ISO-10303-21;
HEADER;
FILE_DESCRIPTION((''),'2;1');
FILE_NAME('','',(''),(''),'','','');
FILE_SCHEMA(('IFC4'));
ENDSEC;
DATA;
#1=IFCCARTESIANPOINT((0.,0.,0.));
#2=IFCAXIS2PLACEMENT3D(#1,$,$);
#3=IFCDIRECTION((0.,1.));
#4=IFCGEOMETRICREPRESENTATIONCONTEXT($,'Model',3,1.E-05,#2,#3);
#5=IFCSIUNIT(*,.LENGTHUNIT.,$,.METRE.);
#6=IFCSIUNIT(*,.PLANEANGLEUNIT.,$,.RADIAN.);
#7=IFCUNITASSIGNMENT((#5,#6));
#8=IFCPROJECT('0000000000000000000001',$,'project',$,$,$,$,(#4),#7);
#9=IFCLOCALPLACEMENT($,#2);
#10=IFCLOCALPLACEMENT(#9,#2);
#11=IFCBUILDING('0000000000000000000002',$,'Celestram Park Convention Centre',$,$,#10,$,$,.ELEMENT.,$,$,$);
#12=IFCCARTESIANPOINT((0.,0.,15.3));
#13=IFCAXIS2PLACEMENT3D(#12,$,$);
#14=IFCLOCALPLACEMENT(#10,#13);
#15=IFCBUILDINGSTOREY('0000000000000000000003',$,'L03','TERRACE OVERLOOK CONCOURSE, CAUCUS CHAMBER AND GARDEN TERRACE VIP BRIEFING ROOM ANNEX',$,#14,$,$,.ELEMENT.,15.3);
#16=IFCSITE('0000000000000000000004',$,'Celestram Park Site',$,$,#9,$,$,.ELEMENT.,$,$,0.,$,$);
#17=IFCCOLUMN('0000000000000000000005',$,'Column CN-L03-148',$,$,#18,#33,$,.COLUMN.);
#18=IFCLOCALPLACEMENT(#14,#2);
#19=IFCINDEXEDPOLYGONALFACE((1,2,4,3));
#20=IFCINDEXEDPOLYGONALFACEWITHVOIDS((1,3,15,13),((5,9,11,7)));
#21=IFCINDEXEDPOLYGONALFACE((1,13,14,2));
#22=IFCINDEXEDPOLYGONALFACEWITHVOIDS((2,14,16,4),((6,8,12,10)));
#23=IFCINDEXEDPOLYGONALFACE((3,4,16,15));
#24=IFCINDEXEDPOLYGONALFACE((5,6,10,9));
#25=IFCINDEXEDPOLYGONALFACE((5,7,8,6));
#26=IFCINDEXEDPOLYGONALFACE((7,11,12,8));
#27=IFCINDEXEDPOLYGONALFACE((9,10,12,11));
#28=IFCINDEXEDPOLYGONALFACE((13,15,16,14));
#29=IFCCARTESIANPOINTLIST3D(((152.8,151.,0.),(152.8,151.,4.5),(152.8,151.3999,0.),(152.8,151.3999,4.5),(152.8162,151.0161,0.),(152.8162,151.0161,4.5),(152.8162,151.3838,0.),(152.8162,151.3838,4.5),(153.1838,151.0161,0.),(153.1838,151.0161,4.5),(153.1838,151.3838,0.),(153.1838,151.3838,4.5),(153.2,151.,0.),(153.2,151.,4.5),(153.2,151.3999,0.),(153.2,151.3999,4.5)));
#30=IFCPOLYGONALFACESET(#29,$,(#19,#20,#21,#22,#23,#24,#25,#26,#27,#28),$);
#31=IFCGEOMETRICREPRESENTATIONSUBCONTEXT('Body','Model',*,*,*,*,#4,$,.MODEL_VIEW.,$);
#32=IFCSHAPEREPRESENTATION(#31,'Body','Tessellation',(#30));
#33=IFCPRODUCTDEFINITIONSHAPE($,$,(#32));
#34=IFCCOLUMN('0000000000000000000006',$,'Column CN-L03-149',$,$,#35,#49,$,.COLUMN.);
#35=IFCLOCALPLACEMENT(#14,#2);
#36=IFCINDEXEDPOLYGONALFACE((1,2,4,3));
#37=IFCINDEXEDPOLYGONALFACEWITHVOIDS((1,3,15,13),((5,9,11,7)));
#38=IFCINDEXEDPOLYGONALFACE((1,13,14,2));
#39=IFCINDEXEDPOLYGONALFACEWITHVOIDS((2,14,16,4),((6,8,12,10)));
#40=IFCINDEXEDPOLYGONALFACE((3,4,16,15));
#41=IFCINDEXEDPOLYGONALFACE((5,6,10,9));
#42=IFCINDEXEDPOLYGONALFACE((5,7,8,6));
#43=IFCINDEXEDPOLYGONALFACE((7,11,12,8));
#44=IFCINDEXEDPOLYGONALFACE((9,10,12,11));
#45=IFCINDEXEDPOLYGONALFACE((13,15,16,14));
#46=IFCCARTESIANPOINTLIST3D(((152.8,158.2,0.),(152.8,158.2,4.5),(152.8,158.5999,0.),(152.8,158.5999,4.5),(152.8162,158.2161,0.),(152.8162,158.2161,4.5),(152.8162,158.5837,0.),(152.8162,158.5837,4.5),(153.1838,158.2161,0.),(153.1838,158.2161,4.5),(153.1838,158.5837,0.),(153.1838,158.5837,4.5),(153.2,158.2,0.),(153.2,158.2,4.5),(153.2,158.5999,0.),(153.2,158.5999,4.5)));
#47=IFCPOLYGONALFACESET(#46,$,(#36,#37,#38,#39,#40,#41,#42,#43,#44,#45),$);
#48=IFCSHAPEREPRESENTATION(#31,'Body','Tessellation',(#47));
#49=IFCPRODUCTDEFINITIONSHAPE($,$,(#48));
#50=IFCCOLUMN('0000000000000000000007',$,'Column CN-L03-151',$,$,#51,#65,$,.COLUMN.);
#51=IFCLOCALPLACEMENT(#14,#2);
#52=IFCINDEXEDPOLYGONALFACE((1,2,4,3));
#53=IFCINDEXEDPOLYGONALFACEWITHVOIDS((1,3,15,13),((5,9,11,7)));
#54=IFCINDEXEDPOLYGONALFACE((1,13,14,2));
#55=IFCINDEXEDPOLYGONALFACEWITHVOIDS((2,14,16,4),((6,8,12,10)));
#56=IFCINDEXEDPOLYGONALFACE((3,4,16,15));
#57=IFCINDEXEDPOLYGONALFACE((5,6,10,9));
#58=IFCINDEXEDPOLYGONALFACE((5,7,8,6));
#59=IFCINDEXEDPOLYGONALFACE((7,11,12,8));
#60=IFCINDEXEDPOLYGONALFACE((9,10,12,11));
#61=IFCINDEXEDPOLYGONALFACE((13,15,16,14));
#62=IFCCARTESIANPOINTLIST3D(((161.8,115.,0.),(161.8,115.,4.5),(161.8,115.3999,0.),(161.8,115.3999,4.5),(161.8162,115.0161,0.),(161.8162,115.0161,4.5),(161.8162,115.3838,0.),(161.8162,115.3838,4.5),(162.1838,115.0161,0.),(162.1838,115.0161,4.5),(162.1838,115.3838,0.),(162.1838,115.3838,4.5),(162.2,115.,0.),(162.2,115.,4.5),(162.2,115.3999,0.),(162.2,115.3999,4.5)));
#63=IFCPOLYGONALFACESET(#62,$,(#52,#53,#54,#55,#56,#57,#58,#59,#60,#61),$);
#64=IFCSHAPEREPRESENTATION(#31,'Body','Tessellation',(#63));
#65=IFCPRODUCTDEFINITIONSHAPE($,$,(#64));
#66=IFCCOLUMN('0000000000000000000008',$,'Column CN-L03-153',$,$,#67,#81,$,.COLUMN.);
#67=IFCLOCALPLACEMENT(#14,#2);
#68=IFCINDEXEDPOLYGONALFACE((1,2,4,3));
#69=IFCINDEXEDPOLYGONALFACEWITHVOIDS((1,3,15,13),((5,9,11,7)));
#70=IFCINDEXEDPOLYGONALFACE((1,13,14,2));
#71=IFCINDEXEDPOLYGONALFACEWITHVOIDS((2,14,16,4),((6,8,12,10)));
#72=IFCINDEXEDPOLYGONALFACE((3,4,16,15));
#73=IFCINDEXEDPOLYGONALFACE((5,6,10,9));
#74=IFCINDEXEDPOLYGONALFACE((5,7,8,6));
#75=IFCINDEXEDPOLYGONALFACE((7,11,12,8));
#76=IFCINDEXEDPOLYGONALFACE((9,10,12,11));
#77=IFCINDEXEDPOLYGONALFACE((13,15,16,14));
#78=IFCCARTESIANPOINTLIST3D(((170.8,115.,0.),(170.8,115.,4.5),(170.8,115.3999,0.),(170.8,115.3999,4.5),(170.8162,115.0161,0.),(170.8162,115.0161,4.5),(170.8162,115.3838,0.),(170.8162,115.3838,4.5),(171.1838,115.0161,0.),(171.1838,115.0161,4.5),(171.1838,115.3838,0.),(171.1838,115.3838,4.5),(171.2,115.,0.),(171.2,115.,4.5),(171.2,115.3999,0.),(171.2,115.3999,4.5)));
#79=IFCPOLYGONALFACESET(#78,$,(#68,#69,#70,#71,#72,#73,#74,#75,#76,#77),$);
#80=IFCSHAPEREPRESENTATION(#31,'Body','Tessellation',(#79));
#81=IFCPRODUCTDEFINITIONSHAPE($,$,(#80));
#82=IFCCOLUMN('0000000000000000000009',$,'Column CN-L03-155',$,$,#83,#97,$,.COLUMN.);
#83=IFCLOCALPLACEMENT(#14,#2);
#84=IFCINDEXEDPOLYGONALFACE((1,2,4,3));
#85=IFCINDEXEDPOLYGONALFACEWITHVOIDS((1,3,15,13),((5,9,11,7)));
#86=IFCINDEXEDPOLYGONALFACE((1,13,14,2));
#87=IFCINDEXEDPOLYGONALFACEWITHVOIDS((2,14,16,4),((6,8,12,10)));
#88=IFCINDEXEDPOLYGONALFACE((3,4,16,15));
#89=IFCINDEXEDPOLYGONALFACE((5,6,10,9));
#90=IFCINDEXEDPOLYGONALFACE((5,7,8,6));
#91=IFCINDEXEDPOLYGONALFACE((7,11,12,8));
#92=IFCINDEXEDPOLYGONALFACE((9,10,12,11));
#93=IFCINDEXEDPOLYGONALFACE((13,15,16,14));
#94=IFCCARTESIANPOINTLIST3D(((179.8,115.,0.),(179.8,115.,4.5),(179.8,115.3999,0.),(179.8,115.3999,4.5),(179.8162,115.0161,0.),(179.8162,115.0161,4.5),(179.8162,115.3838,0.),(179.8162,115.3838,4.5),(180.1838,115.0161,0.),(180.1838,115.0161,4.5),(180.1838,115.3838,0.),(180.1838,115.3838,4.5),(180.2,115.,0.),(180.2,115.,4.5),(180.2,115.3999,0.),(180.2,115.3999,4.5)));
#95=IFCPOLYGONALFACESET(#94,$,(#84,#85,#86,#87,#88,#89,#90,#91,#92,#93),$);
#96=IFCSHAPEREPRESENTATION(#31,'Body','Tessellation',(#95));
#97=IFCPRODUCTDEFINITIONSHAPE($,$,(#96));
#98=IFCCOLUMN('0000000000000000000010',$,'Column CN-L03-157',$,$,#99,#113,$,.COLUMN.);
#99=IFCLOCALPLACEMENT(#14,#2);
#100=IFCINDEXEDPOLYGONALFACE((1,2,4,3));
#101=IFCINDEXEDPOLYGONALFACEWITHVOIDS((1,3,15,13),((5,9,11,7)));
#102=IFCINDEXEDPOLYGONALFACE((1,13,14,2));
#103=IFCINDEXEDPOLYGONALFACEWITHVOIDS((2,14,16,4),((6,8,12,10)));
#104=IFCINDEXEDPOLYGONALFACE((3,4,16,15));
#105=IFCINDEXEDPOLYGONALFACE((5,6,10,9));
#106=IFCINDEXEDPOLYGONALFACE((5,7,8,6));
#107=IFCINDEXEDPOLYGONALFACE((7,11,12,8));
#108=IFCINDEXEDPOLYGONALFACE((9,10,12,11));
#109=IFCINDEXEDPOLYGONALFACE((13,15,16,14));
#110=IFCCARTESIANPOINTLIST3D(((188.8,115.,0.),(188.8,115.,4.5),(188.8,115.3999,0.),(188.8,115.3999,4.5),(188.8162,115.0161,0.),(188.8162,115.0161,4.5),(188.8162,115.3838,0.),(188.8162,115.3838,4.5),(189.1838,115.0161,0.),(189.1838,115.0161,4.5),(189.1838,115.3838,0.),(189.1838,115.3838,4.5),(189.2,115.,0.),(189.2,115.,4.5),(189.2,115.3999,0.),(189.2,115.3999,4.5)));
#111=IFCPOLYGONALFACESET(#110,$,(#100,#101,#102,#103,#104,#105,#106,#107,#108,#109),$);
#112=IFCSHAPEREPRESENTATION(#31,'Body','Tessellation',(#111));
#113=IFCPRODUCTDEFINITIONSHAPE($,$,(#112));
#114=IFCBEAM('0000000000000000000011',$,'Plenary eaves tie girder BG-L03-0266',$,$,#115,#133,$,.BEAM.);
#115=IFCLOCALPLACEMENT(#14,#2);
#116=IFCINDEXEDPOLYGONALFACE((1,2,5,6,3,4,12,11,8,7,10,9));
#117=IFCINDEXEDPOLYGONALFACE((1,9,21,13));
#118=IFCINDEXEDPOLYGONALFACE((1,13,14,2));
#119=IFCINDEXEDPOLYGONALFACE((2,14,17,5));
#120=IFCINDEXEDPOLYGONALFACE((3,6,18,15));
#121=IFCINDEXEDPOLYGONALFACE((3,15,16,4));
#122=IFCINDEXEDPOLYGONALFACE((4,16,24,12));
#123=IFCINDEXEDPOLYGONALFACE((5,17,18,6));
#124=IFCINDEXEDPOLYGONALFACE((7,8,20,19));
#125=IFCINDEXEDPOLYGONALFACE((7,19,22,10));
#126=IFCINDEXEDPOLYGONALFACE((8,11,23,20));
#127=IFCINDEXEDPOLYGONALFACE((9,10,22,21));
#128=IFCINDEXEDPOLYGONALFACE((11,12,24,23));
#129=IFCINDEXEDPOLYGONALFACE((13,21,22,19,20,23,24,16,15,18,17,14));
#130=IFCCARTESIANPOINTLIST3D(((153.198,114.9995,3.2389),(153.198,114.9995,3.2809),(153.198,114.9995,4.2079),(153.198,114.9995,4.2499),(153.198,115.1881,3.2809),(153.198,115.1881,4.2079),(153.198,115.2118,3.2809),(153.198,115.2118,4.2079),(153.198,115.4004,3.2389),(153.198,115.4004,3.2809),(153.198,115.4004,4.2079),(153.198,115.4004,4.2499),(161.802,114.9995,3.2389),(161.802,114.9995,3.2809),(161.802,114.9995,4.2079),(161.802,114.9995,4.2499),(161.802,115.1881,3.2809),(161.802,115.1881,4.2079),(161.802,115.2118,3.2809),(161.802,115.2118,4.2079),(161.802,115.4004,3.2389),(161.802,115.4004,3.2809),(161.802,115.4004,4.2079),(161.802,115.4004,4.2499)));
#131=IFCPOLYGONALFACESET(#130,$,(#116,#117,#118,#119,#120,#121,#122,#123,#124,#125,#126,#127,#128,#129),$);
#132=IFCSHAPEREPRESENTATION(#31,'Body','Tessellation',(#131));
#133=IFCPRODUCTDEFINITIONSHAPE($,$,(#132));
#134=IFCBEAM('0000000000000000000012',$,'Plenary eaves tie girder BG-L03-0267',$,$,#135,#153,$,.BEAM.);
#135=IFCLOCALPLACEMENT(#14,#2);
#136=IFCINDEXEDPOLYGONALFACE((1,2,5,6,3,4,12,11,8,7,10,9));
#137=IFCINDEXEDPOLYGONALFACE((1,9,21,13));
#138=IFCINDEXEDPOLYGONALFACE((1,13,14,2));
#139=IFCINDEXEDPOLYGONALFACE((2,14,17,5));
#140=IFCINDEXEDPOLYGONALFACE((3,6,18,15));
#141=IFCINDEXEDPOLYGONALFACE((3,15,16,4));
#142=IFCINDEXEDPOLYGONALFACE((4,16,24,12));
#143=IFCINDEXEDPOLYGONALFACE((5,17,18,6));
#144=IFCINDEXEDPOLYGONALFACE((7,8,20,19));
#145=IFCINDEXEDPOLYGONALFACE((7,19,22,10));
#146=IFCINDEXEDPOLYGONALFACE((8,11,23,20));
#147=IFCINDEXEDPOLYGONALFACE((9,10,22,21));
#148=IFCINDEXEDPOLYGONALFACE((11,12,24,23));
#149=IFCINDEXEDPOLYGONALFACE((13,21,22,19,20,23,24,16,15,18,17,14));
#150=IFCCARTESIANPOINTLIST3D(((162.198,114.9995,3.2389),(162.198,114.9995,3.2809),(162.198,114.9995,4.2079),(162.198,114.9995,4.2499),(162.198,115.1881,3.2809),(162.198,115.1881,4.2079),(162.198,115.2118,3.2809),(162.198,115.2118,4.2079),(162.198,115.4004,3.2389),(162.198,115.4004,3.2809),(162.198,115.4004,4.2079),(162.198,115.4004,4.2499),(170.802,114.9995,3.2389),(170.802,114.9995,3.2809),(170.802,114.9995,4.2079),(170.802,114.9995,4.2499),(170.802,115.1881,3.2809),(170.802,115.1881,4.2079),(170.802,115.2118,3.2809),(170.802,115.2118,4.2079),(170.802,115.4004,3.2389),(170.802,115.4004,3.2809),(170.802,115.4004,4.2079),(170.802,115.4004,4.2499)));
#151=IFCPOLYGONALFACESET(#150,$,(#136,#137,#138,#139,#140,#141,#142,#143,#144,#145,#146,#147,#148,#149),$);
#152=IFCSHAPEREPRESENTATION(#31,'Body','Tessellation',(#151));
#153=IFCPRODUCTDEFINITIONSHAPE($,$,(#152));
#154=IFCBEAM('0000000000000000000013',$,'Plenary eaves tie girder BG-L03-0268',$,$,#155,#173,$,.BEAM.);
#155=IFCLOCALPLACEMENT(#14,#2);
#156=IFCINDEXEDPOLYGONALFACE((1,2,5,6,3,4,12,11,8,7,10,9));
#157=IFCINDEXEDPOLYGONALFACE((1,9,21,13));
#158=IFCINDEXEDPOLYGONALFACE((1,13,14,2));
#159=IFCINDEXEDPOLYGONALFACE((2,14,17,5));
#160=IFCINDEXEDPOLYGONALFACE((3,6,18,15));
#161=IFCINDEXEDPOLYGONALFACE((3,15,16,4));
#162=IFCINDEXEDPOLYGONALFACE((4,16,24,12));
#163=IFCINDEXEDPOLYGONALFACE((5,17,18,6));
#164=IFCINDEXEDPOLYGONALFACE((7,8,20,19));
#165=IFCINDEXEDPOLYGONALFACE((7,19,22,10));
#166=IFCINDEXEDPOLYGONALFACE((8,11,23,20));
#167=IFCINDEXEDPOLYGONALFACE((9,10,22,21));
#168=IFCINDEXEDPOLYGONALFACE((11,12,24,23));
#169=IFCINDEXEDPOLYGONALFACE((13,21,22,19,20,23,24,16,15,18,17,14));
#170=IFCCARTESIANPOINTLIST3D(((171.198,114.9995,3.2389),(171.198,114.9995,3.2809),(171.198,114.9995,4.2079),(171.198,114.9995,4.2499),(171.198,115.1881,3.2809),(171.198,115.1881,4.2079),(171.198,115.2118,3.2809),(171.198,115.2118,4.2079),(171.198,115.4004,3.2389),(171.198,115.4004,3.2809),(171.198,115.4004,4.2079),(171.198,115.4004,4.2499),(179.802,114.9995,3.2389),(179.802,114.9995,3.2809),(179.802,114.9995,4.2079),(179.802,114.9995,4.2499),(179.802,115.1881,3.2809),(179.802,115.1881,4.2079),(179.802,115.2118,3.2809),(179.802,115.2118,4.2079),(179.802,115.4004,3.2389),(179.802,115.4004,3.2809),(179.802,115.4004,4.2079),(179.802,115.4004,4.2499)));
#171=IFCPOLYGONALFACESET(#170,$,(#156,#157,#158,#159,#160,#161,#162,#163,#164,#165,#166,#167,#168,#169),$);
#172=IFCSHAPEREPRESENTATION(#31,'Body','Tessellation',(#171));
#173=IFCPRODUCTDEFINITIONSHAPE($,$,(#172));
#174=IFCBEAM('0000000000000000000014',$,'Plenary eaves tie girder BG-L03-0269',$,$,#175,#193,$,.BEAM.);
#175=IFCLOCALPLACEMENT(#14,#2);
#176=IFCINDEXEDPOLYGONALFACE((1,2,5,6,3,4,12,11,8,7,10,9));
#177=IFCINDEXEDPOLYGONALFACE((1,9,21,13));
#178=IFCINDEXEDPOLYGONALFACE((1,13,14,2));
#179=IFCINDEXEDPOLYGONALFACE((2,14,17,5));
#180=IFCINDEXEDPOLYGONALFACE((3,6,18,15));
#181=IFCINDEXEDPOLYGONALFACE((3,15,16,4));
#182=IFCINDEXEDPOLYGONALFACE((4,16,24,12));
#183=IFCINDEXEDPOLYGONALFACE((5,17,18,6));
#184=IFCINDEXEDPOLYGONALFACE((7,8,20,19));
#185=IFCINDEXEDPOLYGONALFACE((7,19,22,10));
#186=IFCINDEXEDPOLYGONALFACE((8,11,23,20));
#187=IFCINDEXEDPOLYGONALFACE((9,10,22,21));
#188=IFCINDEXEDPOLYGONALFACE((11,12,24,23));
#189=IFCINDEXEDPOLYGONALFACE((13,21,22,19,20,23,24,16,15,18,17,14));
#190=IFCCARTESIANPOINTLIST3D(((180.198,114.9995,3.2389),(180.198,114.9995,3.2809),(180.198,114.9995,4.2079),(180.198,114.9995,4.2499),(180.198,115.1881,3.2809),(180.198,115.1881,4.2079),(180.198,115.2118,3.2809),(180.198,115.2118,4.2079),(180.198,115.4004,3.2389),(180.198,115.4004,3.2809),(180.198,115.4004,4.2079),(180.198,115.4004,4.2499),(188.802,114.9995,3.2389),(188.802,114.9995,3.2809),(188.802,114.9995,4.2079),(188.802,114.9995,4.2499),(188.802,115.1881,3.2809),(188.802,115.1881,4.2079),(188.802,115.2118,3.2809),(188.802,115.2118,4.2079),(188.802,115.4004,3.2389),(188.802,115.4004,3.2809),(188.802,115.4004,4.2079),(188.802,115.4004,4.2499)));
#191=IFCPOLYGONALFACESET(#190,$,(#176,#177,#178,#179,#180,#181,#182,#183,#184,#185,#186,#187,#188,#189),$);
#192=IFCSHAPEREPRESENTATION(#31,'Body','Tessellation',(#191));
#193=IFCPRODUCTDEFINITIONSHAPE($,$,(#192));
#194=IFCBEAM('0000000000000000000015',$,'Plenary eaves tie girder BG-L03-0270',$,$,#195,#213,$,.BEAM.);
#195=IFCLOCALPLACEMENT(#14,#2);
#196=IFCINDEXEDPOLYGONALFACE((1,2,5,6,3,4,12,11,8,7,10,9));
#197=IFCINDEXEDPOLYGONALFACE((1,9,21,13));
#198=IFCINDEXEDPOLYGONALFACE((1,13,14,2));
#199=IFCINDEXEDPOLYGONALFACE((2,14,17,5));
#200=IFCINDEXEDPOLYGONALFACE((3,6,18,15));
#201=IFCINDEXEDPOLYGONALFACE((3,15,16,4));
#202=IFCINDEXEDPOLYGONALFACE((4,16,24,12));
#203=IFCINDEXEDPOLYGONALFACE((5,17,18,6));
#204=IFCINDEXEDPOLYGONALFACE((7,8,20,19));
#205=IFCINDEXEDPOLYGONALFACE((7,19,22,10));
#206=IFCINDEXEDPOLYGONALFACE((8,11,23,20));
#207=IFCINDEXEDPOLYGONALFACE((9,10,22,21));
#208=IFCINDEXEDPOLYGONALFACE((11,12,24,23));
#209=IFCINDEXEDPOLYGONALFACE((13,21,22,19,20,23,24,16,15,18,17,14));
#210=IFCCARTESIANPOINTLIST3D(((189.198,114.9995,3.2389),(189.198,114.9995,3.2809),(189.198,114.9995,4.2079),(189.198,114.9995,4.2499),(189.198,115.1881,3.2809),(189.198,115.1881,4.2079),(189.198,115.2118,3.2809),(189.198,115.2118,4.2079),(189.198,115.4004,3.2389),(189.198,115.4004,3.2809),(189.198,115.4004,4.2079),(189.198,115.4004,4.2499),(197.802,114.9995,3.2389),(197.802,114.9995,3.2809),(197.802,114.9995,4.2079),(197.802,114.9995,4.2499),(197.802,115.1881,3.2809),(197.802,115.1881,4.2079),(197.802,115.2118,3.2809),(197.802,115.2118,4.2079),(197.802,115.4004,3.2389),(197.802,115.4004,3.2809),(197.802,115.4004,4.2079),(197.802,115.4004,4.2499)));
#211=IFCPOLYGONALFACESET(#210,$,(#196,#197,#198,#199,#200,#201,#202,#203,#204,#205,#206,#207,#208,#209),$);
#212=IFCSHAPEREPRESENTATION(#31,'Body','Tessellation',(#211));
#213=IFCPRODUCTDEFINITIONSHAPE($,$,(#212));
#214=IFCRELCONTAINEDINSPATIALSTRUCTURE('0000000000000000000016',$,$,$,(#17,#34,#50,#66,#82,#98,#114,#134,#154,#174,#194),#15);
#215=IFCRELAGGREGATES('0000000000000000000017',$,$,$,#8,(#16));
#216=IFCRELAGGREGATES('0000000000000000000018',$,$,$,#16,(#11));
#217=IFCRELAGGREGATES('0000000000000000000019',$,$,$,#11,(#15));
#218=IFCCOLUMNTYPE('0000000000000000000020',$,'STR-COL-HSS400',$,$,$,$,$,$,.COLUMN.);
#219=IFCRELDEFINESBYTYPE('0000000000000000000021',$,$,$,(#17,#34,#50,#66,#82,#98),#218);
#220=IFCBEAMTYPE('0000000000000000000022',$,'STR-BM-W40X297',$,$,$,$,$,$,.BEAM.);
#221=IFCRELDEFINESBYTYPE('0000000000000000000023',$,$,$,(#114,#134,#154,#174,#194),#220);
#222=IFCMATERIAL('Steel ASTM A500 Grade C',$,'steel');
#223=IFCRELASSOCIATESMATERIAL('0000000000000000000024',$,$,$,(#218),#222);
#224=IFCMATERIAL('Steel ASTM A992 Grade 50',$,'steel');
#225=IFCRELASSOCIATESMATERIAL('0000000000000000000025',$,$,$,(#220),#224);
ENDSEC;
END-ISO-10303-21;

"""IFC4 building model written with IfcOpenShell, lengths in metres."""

from ifc_helpers import new_model, si_unit, direction, frame, origin, origin_2d, place, context, subcontext, project, spatial, hollow_rectangle, i_section, extrude, material, material_profile, profile_set, type_object, element, save


model = new_model("IFC4")

# Units and contexts
model_context = context("Model", 3, precision=1e-05, world=origin(), true_north=direction((0.0, 1.0)))
body_context = subcontext(model_context, "Body", "Model", "MODEL_VIEW")
ifc_project = project(units=[si_unit("LENGTHUNIT", "METRE"), si_unit("PLANEANGLEUNIT", "RADIAN")], contexts=[model_context])

# Site, building, storey
site_placement = place(None, origin())
site = spatial("IfcSite", under=ifc_project, at=site_placement, Name="Celestram Park Site", CompositionType="ELEMENT", RefElevation=0.0)
building_placement = place(site_placement, origin())
building = spatial("IfcBuilding", under=site, at=building_placement, Name="Celestram Park Convention Centre", CompositionType="ELEMENT")
storey_placement = place(building_placement, frame((0.0, 0.0, 15.3)))
storey = spatial("IfcBuildingStorey", under=building, at=storey_placement, Name="L03", Description="TERRACE OVERLOOK CONCOURSE, CAUCUS CHAMBER AND GARDEN TERRACE VIP BRIEFING ROOM ANNEX", CompositionType="ELEMENT", Elevation=15.3)

# Columns
ifc_material_1 = material(Name="Steel ASTM A500 Grade C", Category="steel")
ifc_material_profile_1 = material_profile(ifc_material_1, hollow_rectangle(XDim=0.3999, YDim=0.3999, WallThickness=0.0161, at=origin_2d()), Name="HSS400X400X16")
ifc_profile_set_1 = profile_set([ifc_material_profile_1], Name="Steel ASTM A500 Grade C")
column_type = type_object("IfcColumnType", Name="STR-COL-HSS400", PredefinedType="COLUMN", material=ifc_profile_set_1)
for number, where, z_axis, x_axis, name in (
    (1, (153.0, 151.2, 0.0), (0.0, 0.0, 1.0), (1.0, 0.0, 0.0), "Column CN-L03-148"),
    (2, (153.0, 158.3999, 0.0), (0.0, 0.0, 1.0), (1.0, 0.0, 0.0), "Column CN-L03-149"),
    (3, (162.0, 115.2, 0.0), (0.0, 0.0, 1.0), (1.0, 0.0, 0.0), "Column CN-L03-151"),
    (4, (171.0, 115.2, 0.0), (0.0, 0.0, 1.0), (1.0, 0.0, 0.0), "Column CN-L03-153"),
    (5, (180.0, 115.2, 0.0), (0.0, 0.0, 1.0), (1.0, 0.0, 0.0), "Column CN-L03-155"),
    (6, (189.0, 115.2, 0.0), (0.0, 0.0, 1.0), (1.0, 0.0, 0.0), "Column CN-L03-157"),
):
    element("IfcColumn", number, at=place(storey_placement, frame(where, z_axis=z_axis, x_axis=x_axis)), inside=storey, type_object=column_type, Name=name, PredefinedType="COLUMN", context=body_context, shape_type="SweptSolid", body=[
        extrude(hollow_rectangle(XDim=0.3999, YDim=0.3999, WallThickness=0.0161, at=origin_2d()), origin(), (0.0, 0.0, 1.0), 4.5),
    ])

# Beams
ifc_material_2 = material(Name="Steel ASTM A992 Grade 50", Category="steel")
ifc_material_profile_2 = material_profile(ifc_material_2, i_section(OverallWidth=0.4009, OverallDepth=1.011, WebThickness=0.0237, FlangeThickness=0.042, at=origin_2d()), Name="W40X297")
ifc_profile_set_2 = profile_set([ifc_material_profile_2], Name="Steel ASTM A992 Grade 50")
beam_type_1 = type_object("IfcBeamType", Name="STR-BM-W40X297", PredefinedType="BEAM", material=ifc_profile_set_2)
for number, where, z_axis, x_axis, name in (
    (7, (153.198, 115.2, 3.7444), (1.0, 0.0, 0.0), (0.0, 1.0, 0.0), "Plenary eaves tie girder BG-L03-0266"),
    (8, (162.198, 115.2, 3.7444), (1.0, 0.0, 0.0), (0.0, 1.0, 0.0), "Plenary eaves tie girder BG-L03-0267"),
    (9, (171.198, 115.2, 3.7444), (1.0, 0.0, 0.0), (0.0, 1.0, 0.0), "Plenary eaves tie girder BG-L03-0268"),
    (10, (180.198, 115.2, 3.7444), (1.0, 0.0, 0.0), (0.0, 1.0, 0.0), "Plenary eaves tie girder BG-L03-0269"),
    (11, (189.198, 115.2, 3.7444), (1.0, 0.0, 0.0), (0.0, 1.0, 0.0), "Plenary eaves tie girder BG-L03-0270"),
):
    element("IfcBeam", number, at=place(storey_placement, frame(where, z_axis=z_axis, x_axis=x_axis)), inside=storey, type_object=beam_type_1, Name=name, PredefinedType="BEAM", context=body_context, shape_type="SweptSolid", body=[
        extrude(i_section(OverallWidth=0.4009, OverallDepth=1.011, WebThickness=0.0237, FlangeThickness=0.042, at=origin_2d()), origin(), (0.0, 0.0, 1.0), 8.604),
    ])

save(model, "model.ifc")
